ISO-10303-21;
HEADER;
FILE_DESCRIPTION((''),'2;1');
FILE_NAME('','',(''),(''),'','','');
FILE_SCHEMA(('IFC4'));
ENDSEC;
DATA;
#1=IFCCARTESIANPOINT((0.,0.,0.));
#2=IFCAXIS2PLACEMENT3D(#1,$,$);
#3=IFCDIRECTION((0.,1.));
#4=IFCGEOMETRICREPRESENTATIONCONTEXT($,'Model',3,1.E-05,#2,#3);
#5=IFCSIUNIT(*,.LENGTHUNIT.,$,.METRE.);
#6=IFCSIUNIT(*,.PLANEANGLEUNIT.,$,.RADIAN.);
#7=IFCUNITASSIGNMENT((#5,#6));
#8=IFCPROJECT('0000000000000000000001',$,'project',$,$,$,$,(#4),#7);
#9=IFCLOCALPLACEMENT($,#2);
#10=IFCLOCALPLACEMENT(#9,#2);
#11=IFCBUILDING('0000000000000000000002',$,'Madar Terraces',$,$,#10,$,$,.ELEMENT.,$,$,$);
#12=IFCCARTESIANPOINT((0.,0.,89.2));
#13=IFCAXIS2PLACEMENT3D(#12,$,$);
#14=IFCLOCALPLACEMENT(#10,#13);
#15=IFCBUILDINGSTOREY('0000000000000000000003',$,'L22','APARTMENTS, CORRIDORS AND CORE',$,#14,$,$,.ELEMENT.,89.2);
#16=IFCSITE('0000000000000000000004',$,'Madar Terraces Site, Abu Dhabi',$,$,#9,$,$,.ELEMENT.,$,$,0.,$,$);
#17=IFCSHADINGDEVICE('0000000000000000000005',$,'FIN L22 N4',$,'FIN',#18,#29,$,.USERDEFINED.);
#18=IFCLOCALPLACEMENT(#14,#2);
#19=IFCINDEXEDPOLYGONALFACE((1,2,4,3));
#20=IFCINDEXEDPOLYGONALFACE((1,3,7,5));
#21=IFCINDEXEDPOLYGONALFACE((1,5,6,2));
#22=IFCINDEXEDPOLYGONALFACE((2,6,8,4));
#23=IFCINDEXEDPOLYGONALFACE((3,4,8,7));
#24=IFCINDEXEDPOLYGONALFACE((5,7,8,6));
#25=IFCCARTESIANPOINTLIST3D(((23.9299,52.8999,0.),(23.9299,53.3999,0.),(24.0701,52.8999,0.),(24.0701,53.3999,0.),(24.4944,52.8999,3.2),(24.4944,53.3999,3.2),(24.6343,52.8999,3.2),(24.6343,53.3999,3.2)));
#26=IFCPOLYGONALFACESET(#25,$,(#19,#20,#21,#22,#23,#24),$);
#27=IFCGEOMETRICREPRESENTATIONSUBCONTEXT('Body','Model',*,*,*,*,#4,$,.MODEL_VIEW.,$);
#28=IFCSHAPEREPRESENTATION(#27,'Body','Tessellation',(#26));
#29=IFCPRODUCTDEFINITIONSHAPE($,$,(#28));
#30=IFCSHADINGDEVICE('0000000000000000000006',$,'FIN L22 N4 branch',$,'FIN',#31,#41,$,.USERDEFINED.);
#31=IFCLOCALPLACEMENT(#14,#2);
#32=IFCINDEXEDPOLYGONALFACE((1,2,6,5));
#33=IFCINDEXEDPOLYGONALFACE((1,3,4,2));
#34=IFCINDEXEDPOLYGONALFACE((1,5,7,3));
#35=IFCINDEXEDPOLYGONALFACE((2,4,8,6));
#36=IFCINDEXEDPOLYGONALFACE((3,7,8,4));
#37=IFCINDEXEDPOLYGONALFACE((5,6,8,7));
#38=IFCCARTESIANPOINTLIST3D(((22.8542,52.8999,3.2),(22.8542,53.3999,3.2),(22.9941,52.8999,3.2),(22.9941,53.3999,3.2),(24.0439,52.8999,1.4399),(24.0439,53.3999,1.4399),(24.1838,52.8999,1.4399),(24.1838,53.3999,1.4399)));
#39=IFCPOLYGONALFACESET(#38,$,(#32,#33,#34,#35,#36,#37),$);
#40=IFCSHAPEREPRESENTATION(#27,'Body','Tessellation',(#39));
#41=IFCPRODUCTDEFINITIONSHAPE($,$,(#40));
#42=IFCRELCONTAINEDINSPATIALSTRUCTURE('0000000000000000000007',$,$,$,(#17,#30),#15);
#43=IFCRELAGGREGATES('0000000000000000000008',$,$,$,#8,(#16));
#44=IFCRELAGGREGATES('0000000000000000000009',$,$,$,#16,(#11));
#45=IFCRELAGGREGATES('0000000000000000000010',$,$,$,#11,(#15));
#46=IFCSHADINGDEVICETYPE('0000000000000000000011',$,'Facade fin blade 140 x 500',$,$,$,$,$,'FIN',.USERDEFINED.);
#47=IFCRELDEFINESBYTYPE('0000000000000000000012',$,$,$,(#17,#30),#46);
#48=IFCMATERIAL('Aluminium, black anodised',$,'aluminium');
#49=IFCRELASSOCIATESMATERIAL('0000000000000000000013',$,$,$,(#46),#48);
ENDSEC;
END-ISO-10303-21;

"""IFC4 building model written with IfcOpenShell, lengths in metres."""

from ifc_helpers import new_model, si_unit, direction, frame, origin, place, context, subcontext, project, spatial, polyline, outline, extrude, material, type_object, element, save


model = new_model("IFC4")

# Units and contexts
model_context = context("Model", 3, precision=1e-05, world=origin(), true_north=direction((0.0, 1.0)))
body_context = subcontext(model_context, "Body", "Model", "MODEL_VIEW")
ifc_project = project(units=[si_unit("LENGTHUNIT", "METRE"), si_unit("PLANEANGLEUNIT", "RADIAN")], contexts=[model_context])

# Site, building, storey
site_placement = place(None, origin())
site = spatial("IfcSite", under=ifc_project, at=site_placement, Name="Madar Terraces Site, Abu Dhabi", CompositionType="ELEMENT", RefElevation=0.0)
building_placement = place(site_placement, origin())
building = spatial("IfcBuilding", under=site, at=building_placement, Name="Madar Terraces", CompositionType="ELEMENT")
storey_placement = place(building_placement, frame((0.0, 0.0, 89.2)))
storey = spatial("IfcBuildingStorey", under=building, at=storey_placement, Name="L22", Description="APARTMENTS, CORRIDORS AND CORE", CompositionType="ELEMENT", Elevation=89.2)

# Shading devices
ifc_material_1 = material(Name="Aluminium, black anodised", Category="aluminium")
shading_device_type = type_object("IfcShadingDeviceType", Name="Facade fin blade 140 x 500", ElementType="FIN", PredefinedType="USERDEFINED", material=ifc_material_1)
shading_device_1_placement = place(storey_placement, frame((24.0701, 53.1499, 0.0), z_axis=(0.0, 0.0, 1.0), x_axis=(-1.0, 0.0, 0.0)))
element("IfcShadingDevice", 1, at=shading_device_1_placement, inside=storey, type_object=shading_device_type, Name="FIN L22 N4", ObjectType="FIN", PredefinedType="USERDEFINED", context=body_context, shape_type="SweptSolid", body=[
    extrude(outline(polyline([(0.0, 0.0), (0.1401, 0.0), (-0.4243, 3.2), (-0.5642, 3.2), (0.0, 0.0)])), frame((0.0, 0.25, 0.0), z_axis=(0.0, -1.0, 0.0), x_axis=(1.0, 0.0, 0.0)), (0.0, 0.0, 1.0), 0.5),
])
shading_device_2_placement = place(storey_placement, frame((24.1838, 53.1499, 1.4399), z_axis=(0.0, 0.0, 1.0), x_axis=(-1.0, 0.0, 0.0)))
element("IfcShadingDevice", 2, at=shading_device_2_placement, inside=storey, type_object=shading_device_type, Name="FIN L22 N4 branch", ObjectType="FIN", PredefinedType="USERDEFINED", context=body_context, shape_type="SweptSolid", body=[
    extrude(outline(polyline([(0.0, 0.0), (0.1399, 0.0), (1.3296, 1.76), (1.1897, 1.76), (0.0, 0.0)])), frame((0.0, 0.25, 0.0), z_axis=(0.0, -1.0, 0.0), x_axis=(1.0, 0.0, 0.0)), (0.0, 0.0, 1.0), 0.5),
])

save(model, "model.ifc")
